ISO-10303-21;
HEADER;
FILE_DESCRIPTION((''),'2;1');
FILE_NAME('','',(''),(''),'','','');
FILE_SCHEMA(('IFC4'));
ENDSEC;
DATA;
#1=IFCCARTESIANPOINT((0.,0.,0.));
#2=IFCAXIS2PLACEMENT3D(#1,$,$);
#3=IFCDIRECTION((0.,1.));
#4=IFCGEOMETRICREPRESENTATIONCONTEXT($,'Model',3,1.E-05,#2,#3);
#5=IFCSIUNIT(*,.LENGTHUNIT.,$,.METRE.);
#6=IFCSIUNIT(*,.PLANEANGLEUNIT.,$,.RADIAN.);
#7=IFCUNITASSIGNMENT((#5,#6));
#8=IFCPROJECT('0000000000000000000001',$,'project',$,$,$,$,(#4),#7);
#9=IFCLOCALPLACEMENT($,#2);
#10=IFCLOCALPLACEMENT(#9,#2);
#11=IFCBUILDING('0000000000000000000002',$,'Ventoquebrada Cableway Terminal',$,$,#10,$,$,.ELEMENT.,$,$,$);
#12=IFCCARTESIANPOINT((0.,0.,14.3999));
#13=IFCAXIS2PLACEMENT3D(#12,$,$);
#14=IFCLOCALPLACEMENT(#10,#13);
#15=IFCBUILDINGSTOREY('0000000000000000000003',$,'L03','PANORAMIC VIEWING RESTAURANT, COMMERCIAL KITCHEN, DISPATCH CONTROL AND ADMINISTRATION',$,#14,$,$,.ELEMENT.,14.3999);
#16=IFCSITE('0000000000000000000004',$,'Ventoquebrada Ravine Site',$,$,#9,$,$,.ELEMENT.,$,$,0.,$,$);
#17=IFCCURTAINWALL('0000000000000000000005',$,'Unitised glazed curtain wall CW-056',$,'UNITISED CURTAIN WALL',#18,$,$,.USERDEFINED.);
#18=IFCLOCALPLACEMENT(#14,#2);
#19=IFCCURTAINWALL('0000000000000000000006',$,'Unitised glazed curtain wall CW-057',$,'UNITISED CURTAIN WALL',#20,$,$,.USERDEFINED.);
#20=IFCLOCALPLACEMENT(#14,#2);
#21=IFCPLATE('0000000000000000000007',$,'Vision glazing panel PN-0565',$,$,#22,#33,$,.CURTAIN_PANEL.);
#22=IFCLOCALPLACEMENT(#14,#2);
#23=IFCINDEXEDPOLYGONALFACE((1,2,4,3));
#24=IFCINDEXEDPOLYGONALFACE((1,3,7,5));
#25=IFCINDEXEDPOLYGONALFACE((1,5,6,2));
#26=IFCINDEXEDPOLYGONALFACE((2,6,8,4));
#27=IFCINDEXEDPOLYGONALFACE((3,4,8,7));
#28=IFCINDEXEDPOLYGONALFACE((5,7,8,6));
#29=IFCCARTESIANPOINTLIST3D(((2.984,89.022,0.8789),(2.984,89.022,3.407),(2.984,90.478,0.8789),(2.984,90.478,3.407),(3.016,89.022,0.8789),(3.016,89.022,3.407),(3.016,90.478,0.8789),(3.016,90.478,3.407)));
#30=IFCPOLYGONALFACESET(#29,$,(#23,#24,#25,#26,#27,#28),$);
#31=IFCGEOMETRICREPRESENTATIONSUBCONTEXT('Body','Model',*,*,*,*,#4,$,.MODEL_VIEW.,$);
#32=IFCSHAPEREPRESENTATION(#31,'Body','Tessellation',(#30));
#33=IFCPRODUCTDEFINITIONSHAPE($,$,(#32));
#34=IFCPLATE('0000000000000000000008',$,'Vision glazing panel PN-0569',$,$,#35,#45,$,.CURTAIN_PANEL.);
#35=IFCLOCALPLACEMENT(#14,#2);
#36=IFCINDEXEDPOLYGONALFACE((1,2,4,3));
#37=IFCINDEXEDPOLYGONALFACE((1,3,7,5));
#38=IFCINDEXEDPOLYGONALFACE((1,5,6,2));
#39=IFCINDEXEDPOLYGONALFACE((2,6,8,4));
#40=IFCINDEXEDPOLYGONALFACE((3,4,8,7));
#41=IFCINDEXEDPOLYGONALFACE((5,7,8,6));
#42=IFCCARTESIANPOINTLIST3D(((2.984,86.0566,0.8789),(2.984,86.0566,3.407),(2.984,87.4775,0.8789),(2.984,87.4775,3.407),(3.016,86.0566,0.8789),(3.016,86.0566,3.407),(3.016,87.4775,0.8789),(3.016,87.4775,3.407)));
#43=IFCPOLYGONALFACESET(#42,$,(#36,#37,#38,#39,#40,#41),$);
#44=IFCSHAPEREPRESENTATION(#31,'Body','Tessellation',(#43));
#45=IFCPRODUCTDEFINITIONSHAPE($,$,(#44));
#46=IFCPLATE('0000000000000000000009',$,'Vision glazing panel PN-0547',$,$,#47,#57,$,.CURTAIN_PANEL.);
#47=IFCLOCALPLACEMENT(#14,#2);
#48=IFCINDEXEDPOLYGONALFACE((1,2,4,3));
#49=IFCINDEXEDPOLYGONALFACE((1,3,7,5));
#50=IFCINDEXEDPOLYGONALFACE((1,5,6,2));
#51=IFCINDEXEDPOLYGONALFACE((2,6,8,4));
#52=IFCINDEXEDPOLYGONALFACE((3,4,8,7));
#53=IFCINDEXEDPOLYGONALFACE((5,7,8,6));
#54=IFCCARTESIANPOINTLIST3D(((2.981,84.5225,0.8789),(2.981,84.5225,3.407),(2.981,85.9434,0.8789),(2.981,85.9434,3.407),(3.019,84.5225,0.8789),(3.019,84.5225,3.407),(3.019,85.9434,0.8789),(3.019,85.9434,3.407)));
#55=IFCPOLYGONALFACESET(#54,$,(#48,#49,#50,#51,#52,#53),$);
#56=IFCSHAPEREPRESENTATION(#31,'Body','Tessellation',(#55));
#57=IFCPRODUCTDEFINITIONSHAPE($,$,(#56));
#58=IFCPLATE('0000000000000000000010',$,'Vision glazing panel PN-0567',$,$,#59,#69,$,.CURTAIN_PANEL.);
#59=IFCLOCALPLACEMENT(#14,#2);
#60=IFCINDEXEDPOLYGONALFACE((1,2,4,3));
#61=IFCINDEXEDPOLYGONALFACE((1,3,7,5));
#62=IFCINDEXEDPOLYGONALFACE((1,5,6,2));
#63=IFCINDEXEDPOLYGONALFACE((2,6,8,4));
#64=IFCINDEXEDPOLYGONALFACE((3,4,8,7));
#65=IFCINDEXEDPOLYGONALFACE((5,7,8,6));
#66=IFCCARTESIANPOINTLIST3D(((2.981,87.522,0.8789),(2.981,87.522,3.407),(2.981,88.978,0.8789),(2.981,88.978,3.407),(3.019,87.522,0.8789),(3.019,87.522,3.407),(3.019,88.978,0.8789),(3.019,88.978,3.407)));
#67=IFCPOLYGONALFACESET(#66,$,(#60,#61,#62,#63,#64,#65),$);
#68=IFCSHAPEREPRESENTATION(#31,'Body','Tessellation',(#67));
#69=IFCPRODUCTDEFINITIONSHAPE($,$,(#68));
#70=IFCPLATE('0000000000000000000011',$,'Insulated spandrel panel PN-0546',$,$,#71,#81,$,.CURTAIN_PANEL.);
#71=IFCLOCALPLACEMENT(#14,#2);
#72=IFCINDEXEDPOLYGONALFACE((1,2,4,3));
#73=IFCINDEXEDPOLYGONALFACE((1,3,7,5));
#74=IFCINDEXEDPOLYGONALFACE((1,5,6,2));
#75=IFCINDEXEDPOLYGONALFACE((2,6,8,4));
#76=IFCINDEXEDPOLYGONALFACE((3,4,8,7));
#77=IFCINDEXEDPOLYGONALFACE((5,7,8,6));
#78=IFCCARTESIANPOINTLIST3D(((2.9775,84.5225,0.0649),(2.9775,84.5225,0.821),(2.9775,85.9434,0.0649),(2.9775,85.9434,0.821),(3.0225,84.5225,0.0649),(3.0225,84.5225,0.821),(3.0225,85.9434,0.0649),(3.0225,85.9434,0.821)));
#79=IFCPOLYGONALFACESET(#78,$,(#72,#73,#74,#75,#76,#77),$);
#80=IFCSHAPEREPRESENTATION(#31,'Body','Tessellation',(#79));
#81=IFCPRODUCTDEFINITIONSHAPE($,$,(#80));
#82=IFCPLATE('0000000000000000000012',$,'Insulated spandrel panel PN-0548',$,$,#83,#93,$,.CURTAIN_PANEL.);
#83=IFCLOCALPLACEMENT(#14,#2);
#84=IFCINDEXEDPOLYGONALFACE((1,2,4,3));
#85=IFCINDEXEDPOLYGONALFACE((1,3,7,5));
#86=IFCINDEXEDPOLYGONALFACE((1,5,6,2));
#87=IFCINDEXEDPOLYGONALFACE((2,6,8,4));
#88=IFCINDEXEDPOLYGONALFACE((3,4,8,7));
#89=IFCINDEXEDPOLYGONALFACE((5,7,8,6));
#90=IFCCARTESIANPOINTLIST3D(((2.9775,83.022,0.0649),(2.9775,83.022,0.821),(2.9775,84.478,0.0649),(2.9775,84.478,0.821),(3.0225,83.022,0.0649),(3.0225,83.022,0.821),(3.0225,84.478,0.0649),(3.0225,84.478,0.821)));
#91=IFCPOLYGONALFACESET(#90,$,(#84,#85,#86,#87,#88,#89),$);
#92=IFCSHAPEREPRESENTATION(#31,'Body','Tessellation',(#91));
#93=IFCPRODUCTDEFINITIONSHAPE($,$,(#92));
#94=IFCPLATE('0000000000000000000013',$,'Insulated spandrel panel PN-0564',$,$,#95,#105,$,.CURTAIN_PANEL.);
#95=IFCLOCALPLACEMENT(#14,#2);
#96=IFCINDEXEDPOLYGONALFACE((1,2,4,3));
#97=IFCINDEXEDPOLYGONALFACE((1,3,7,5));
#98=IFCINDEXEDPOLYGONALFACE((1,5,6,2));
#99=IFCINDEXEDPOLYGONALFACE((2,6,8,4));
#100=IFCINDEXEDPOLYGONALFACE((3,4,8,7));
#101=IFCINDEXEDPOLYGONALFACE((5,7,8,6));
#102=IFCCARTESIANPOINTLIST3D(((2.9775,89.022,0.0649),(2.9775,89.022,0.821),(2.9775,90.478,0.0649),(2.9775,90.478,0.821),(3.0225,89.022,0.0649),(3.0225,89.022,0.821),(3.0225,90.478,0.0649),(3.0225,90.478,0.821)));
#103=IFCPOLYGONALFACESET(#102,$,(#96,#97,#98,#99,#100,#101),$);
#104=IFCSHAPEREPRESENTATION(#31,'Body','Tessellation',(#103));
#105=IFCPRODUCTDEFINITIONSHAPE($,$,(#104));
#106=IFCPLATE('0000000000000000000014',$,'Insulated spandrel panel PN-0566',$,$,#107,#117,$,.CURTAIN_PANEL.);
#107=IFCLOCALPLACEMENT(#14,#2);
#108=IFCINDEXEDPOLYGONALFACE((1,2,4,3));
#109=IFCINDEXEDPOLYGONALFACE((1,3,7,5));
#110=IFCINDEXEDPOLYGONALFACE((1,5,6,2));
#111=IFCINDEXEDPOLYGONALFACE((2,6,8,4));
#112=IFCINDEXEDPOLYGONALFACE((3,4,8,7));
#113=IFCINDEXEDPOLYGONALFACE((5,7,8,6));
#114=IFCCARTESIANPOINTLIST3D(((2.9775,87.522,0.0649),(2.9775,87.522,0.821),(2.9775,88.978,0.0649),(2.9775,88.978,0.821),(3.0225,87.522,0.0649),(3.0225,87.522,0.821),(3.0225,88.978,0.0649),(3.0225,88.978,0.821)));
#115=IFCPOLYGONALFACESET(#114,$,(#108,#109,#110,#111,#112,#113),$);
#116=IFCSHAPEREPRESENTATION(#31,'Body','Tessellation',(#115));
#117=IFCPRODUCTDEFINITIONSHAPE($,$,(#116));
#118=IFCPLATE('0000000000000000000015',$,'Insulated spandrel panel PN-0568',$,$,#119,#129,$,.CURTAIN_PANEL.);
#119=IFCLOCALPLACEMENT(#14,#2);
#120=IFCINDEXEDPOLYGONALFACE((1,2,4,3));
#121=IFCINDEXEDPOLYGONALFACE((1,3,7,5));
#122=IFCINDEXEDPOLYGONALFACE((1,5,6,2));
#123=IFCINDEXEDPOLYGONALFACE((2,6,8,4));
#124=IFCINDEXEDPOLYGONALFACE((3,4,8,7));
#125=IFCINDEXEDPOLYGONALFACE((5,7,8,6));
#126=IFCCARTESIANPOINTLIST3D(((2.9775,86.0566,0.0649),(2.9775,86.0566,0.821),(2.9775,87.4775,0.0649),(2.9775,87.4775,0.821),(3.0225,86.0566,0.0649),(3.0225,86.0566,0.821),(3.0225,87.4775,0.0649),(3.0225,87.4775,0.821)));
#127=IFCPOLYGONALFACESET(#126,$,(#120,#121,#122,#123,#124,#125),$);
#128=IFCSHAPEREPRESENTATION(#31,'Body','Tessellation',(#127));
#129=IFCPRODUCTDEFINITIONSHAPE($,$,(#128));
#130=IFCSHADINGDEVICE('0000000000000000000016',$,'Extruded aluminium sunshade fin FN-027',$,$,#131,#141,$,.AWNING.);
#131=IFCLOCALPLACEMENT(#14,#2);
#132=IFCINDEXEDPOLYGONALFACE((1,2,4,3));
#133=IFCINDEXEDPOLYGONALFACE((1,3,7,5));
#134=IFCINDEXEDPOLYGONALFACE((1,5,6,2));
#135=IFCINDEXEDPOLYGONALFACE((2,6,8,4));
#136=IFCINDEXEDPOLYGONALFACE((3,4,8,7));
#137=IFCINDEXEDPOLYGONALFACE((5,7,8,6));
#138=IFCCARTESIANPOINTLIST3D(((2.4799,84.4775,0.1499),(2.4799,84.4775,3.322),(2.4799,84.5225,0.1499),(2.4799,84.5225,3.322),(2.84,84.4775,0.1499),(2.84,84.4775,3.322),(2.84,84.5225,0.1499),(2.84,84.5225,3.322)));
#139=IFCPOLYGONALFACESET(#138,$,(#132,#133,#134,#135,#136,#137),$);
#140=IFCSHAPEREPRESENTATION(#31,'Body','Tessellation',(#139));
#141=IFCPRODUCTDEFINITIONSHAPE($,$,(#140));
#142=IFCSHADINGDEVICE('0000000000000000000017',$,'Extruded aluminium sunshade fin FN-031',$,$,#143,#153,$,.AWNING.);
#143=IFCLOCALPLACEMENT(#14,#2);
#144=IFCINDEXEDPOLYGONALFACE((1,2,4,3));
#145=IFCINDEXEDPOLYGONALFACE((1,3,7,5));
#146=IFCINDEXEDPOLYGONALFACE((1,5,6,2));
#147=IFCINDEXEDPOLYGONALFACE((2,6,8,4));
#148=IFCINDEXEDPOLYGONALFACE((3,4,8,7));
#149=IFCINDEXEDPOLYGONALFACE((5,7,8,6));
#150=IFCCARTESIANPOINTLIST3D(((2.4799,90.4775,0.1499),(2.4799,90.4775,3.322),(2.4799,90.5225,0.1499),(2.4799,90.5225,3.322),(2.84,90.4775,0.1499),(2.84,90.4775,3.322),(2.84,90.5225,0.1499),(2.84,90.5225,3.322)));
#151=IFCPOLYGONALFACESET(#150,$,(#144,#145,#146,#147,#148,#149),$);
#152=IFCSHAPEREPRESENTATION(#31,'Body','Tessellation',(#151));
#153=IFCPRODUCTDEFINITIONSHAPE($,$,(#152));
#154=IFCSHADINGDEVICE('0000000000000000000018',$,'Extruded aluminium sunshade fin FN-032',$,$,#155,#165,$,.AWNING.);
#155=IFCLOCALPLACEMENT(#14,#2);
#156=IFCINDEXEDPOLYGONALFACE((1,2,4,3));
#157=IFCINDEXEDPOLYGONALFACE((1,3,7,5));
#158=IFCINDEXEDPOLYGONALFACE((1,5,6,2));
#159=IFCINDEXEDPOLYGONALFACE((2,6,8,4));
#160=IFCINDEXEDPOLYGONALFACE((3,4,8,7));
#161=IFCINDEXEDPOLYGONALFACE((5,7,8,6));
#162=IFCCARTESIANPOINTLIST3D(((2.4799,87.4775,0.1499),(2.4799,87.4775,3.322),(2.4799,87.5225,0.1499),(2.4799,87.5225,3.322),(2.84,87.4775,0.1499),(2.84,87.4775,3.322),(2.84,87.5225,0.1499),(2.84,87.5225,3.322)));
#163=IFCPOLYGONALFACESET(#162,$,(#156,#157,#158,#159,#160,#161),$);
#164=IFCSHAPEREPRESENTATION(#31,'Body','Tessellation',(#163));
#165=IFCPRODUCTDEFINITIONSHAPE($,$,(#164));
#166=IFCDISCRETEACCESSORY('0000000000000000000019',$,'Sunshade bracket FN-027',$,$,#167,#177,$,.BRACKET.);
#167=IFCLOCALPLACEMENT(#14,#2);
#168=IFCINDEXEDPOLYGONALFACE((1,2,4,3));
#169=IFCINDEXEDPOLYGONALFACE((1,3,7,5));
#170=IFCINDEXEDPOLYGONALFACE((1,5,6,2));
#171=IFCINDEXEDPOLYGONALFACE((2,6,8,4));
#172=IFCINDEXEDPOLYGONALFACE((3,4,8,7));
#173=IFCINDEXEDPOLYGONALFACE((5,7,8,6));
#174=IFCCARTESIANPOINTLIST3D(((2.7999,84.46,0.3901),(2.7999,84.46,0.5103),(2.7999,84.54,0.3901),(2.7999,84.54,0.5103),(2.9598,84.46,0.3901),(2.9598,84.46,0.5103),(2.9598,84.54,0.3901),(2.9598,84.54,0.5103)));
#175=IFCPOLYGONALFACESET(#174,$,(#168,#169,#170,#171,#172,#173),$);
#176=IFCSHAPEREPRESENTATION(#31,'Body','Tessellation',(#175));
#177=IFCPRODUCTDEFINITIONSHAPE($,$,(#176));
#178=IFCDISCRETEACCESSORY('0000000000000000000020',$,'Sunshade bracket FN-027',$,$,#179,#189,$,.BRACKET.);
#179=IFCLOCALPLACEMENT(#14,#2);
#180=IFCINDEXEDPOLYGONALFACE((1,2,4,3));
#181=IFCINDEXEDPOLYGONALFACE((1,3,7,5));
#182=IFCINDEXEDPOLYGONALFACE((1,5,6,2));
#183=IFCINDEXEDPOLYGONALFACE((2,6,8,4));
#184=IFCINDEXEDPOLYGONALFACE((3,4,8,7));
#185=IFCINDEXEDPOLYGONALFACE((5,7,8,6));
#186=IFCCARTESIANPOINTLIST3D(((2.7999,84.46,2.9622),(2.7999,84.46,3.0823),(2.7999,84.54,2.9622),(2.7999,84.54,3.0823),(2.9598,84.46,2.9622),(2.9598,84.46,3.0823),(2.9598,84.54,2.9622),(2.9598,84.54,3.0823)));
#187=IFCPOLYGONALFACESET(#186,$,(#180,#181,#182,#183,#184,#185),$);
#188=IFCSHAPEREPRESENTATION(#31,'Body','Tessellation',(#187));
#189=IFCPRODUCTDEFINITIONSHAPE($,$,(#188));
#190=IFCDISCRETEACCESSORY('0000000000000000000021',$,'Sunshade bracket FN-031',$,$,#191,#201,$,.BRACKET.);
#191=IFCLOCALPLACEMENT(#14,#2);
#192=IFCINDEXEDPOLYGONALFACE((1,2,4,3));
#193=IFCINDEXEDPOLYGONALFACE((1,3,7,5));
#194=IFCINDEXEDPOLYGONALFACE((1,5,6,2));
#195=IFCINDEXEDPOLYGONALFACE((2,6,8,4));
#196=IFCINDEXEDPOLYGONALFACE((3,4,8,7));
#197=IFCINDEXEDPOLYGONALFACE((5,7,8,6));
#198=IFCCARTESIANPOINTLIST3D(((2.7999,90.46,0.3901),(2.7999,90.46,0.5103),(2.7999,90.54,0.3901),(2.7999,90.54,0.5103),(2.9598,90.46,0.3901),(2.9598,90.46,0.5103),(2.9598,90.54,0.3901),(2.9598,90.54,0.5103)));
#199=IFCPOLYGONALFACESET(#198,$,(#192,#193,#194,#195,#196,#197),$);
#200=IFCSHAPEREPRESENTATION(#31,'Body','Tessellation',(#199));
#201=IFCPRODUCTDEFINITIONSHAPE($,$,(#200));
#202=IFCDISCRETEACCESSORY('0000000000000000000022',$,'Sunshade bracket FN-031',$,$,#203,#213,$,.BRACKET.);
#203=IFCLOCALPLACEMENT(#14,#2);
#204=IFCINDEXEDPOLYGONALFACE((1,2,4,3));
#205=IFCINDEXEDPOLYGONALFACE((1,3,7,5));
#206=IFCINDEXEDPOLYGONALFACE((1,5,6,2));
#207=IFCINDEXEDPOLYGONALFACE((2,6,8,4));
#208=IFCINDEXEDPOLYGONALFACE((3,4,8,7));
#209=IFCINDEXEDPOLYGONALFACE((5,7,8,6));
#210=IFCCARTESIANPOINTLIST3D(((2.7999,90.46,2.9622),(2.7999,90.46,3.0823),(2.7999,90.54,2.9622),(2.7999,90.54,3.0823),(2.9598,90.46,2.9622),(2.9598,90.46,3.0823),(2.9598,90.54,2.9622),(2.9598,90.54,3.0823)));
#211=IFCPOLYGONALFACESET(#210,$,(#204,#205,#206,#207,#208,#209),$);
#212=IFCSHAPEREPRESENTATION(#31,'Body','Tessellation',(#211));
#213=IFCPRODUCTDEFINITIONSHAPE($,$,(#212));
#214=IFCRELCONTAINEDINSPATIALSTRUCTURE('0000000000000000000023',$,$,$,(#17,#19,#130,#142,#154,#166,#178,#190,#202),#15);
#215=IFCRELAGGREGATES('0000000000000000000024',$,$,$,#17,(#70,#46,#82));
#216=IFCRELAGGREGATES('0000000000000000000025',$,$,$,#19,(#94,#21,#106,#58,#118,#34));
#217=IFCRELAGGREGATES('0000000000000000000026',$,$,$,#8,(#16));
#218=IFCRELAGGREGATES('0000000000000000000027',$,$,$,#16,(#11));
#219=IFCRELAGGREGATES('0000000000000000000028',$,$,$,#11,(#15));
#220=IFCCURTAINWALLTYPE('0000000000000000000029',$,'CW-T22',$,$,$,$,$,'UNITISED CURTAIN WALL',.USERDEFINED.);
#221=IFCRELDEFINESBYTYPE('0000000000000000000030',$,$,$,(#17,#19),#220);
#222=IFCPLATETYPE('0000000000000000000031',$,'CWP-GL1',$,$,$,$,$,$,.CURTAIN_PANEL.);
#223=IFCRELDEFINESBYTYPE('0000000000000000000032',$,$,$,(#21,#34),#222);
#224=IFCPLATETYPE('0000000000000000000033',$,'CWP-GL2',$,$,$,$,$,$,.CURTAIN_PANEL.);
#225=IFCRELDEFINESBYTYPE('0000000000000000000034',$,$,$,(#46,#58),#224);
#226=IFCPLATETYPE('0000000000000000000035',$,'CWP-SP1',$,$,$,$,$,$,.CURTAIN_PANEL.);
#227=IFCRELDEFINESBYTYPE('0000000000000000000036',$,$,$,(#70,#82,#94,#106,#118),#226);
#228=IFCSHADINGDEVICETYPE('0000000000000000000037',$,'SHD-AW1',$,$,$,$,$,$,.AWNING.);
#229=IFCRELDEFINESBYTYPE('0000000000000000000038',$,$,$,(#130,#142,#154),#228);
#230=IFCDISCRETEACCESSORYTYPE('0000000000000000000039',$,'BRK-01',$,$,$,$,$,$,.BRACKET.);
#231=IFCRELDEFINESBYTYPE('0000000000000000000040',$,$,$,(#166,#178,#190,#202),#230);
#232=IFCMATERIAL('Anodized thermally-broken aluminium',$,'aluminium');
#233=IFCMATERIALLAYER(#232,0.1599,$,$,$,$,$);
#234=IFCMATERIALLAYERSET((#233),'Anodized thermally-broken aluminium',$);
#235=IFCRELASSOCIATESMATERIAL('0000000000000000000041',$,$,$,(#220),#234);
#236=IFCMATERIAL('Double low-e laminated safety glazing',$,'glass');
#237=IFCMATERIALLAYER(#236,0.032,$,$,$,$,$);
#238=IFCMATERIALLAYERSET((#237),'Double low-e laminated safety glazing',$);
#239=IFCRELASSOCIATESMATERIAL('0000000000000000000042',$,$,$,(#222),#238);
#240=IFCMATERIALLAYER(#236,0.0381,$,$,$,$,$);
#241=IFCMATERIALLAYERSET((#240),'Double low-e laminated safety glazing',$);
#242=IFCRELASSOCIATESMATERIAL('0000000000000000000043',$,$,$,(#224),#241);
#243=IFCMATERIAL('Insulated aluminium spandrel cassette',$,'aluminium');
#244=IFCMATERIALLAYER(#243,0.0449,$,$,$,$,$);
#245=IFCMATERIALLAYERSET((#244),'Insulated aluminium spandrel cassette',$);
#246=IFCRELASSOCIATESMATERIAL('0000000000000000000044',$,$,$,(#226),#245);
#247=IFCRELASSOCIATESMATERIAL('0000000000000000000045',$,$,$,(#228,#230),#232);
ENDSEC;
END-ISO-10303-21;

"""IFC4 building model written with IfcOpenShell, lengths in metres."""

from ifc_helpers import new_model, si_unit, direction, frame, origin, origin_2d, place, context, subcontext, project, spatial, rectangle, extrude, material, layer, layer_set, type_object, element, aggregate, save


model = new_model("IFC4")

# Units and contexts
model_context = context("Model", 3, precision=1e-05, world=origin(), true_north=direction((0.0, 1.0)))
body_context = subcontext(model_context, "Body", "Model", "MODEL_VIEW")
ifc_project = project(units=[si_unit("LENGTHUNIT", "METRE"), si_unit("PLANEANGLEUNIT", "RADIAN")], contexts=[model_context])

# Site, building, storey
site_placement = place(None, origin())
site = spatial("IfcSite", under=ifc_project, at=site_placement, Name="Ventoquebrada Ravine Site", CompositionType="ELEMENT", RefElevation=0.0)
building_placement = place(site_placement, origin())
building = spatial("IfcBuilding", under=site, at=building_placement, Name="Ventoquebrada Cableway Terminal", CompositionType="ELEMENT")
storey_placement = place(building_placement, frame((0.0, 0.0, 14.3999)))
storey = spatial("IfcBuildingStorey", under=building, at=storey_placement, Name="L03", Description="PANORAMIC VIEWING RESTAURANT, COMMERCIAL KITCHEN, DISPATCH CONTROL AND ADMINISTRATION", CompositionType="ELEMENT", Elevation=14.3999)

# Curtain walls
ifc_material_1 = material(Name="Anodized thermally-broken aluminium", Category="aluminium")
ifc_layer_1 = layer(ifc_material_1, 0.1599)
ifc_layer_set_1 = layer_set([ifc_layer_1], Name="Anodized thermally-broken aluminium")
curtain_wall_type = type_object("IfcCurtainWallType", Name="CW-T22", ElementType="UNITISED CURTAIN WALL", PredefinedType="USERDEFINED", material=ifc_layer_set_1)
curtain_wall_1_placement = place(storey_placement, origin())
curtain_wall_1 = element("IfcCurtainWall", 1, at=curtain_wall_1_placement, inside=storey, type_object=curtain_wall_type, Name="Unitised glazed curtain wall CW-056", ObjectType="UNITISED CURTAIN WALL", PredefinedType="USERDEFINED")
curtain_wall_2_placement = place(storey_placement, origin())
curtain_wall_2 = element("IfcCurtainWall", 2, at=curtain_wall_2_placement, inside=storey, type_object=curtain_wall_type, Name="Unitised glazed curtain wall CW-057", ObjectType="UNITISED CURTAIN WALL", PredefinedType="USERDEFINED")

# Plates
ifc_material_2 = material(Name="Double low-e laminated safety glazing", Category="glass")
ifc_layer_2 = layer(ifc_material_2, 0.032)
ifc_layer_set_2 = layer_set([ifc_layer_2], Name="Double low-e laminated safety glazing")
plate_type_1 = type_object("IfcPlateType", Name="CWP-GL1", PredefinedType="CURTAIN_PANEL", material=ifc_layer_set_2)
plate_1_placement = place(storey_placement, frame((3.0, 89.75, 0.8789), z_axis=(0.0, 0.0, 1.0), x_axis=(0.0, -1.0, 0.0)))
plate_1 = element("IfcPlate", 3, at=plate_1_placement, type_object=plate_type_1, Name="Vision glazing panel PN-0565", PredefinedType="CURTAIN_PANEL", context=body_context, shape_type="SweptSolid", body=[
    extrude(rectangle(XDim=1.4561, YDim=0.032, at=origin_2d()), origin(), (0.0, 0.0, 1.0), 2.5281),
])
plate_2_placement = place(storey_placement, frame((3.0, 86.7671, 0.8789), z_axis=(0.0, 0.0, 1.0), x_axis=(0.0, -1.0, 0.0)))
plate_2 = element("IfcPlate", 4, at=plate_2_placement, type_object=plate_type_1, Name="Vision glazing panel PN-0569", PredefinedType="CURTAIN_PANEL", context=body_context, shape_type="SweptSolid", body=[
    extrude(rectangle(XDim=1.4209, YDim=0.032, at=origin_2d()), origin(), (0.0, 0.0, 1.0), 2.5281),
])
ifc_layer_3 = layer(ifc_material_2, 0.0381)
ifc_layer_set_3 = layer_set([ifc_layer_3], Name="Double low-e laminated safety glazing")
plate_type_2 = type_object("IfcPlateType", Name="CWP-GL2", PredefinedType="CURTAIN_PANEL", material=ifc_layer_set_3)
plate_3_placement = place(storey_placement, frame((3.0, 85.2329, 0.8789), z_axis=(0.0, 0.0, 1.0), x_axis=(0.0, -1.0, 0.0)))
plate_3 = element("IfcPlate", 5, at=plate_3_placement, type_object=plate_type_2, Name="Vision glazing panel PN-0547", PredefinedType="CURTAIN_PANEL", context=body_context, shape_type="SweptSolid", body=[
    extrude(rectangle(XDim=1.4209, YDim=0.0381, at=origin_2d()), origin(), (0.0, 0.0, 1.0), 2.5281),
])
plate_4_placement = place(storey_placement, frame((3.0, 88.25, 0.8789), z_axis=(0.0, 0.0, 1.0), x_axis=(0.0, -1.0, 0.0)))
plate_4 = element("IfcPlate", 6, at=plate_4_placement, type_object=plate_type_2, Name="Vision glazing panel PN-0567", PredefinedType="CURTAIN_PANEL", context=body_context, shape_type="SweptSolid", body=[
    extrude(rectangle(XDim=1.4561, YDim=0.0381, at=origin_2d()), origin(), (0.0, 0.0, 1.0), 2.5281),
])
ifc_material_3 = material(Name="Insulated aluminium spandrel cassette", Category="aluminium")
ifc_layer_4 = layer(ifc_material_3, 0.0449)
ifc_layer_set_4 = layer_set([ifc_layer_4], Name="Insulated aluminium spandrel cassette")
plate_type_3 = type_object("IfcPlateType", Name="CWP-SP1", PredefinedType="CURTAIN_PANEL", material=ifc_layer_set_4)
plate_5_placement = place(storey_placement, frame((3.0, 85.2329, 0.0649), z_axis=(0.0, 0.0, 1.0), x_axis=(0.0, -1.0, 0.0)))
plate_5 = element("IfcPlate", 7, at=plate_5_placement, type_object=plate_type_3, Name="Insulated spandrel panel PN-0546", PredefinedType="CURTAIN_PANEL", context=body_context, shape_type="SweptSolid", body=[
    extrude(rectangle(XDim=1.4209, YDim=0.0449, at=origin_2d()), origin(), (0.0, 0.0, 1.0), 0.7561),
])
plate_6_placement = place(storey_placement, frame((3.0, 83.75, 0.0649), z_axis=(0.0, 0.0, 1.0), x_axis=(0.0, -1.0, 0.0)))
plate_6 = element("IfcPlate", 8, at=plate_6_placement, type_object=plate_type_3, Name="Insulated spandrel panel PN-0548", PredefinedType="CURTAIN_PANEL", context=body_context, shape_type="SweptSolid", body=[
    extrude(rectangle(XDim=1.4561, YDim=0.0449, at=origin_2d()), origin(), (0.0, 0.0, 1.0), 0.7561),
])
aggregate(curtain_wall_1, [plate_5, plate_3, plate_6])
plate_7_placement = place(storey_placement, frame((3.0, 89.75, 0.0649), z_axis=(0.0, 0.0, 1.0), x_axis=(0.0, -1.0, 0.0)))
plate_7 = element("IfcPlate", 9, at=plate_7_placement, type_object=plate_type_3, Name="Insulated spandrel panel PN-0564", PredefinedType="CURTAIN_PANEL", context=body_context, shape_type="SweptSolid", body=[
    extrude(rectangle(XDim=1.4561, YDim=0.0449, at=origin_2d()), origin(), (0.0, 0.0, 1.0), 0.7561),
])
plate_8_placement = place(storey_placement, frame((3.0, 88.25, 0.0649), z_axis=(0.0, 0.0, 1.0), x_axis=(0.0, -1.0, 0.0)))
plate_8 = element("IfcPlate", 10, at=plate_8_placement, type_object=plate_type_3, Name="Insulated spandrel panel PN-0566", PredefinedType="CURTAIN_PANEL", context=body_context, shape_type="SweptSolid", body=[
    extrude(rectangle(XDim=1.4561, YDim=0.0449, at=origin_2d()), origin(), (0.0, 0.0, 1.0), 0.7561),
])
plate_9_placement = place(storey_placement, frame((3.0, 86.7671, 0.0649), z_axis=(0.0, 0.0, 1.0), x_axis=(0.0, -1.0, 0.0)))
plate_9 = element("IfcPlate", 11, at=plate_9_placement, type_object=plate_type_3, Name="Insulated spandrel panel PN-0568", PredefinedType="CURTAIN_PANEL", context=body_context, shape_type="SweptSolid", body=[
    extrude(rectangle(XDim=1.4209, YDim=0.0449, at=origin_2d()), origin(), (0.0, 0.0, 1.0), 0.7561),
])
aggregate(curtain_wall_2, [plate_7, plate_1, plate_8, plate_4, plate_9, plate_2])

# Shading devices
shading_device_type = type_object("IfcShadingDeviceType", Name="SHD-AW1", PredefinedType="AWNING", material=ifc_material_1)
for number, where, z_axis, x_axis, name in (
    (12, (2.6599, 84.5, 0.1499), (0.0, 0.0, 1.0), (0.0, -1.0, 0.0), "Extruded aluminium sunshade fin FN-027"),
    (13, (2.6599, 90.5, 0.1499), (0.0, 0.0, 1.0), (0.0, -1.0, 0.0), "Extruded aluminium sunshade fin FN-031"),
    (14, (2.6599, 87.5, 0.1499), (0.0, 0.0, 1.0), (0.0, -1.0, 0.0), "Extruded aluminium sunshade fin FN-032"),
):
    element("IfcShadingDevice", number, at=place(storey_placement, frame(where, z_axis=z_axis, x_axis=x_axis)), inside=storey, type_object=shading_device_type, Name=name, PredefinedType="AWNING", context=body_context, shape_type="SweptSolid", body=[
        extrude(rectangle(XDim=0.0449, YDim=0.3601, at=origin_2d()), origin(), (0.0, 0.0, 1.0), 3.1721),
    ])

# Discrete accessories
discrete_accessory_type = type_object("IfcDiscreteAccessoryType", Name="BRK-01", PredefinedType="BRACKET", material=ifc_material_1)
for number, where, z_axis, x_axis, name in (
    (15, (2.8799, 84.5, 0.3901), (0.0, 0.0, 1.0), (0.0, -1.0, 0.0), "Sunshade bracket FN-027"),
    (16, (2.8799, 84.5, 2.9622), (0.0, 0.0, 1.0), (0.0, -1.0, 0.0), "Sunshade bracket FN-027"),
    (17, (2.8799, 90.5, 0.3901), (0.0, 0.0, 1.0), (0.0, -1.0, 0.0), "Sunshade bracket FN-031"),
    (18, (2.8799, 90.5, 2.9622), (0.0, 0.0, 1.0), (0.0, -1.0, 0.0), "Sunshade bracket FN-031"),
):
    element("IfcDiscreteAccessory", number, at=place(storey_placement, frame(where, z_axis=z_axis, x_axis=x_axis)), inside=storey, type_object=discrete_accessory_type, Name=name, PredefinedType="BRACKET", context=body_context, shape_type="SweptSolid", body=[
        extrude(rectangle(XDim=0.0801, YDim=0.1599, at=origin_2d()), origin(), (0.0, 0.0, 1.0), 0.1201),
    ])

save(model, "model.ifc")
